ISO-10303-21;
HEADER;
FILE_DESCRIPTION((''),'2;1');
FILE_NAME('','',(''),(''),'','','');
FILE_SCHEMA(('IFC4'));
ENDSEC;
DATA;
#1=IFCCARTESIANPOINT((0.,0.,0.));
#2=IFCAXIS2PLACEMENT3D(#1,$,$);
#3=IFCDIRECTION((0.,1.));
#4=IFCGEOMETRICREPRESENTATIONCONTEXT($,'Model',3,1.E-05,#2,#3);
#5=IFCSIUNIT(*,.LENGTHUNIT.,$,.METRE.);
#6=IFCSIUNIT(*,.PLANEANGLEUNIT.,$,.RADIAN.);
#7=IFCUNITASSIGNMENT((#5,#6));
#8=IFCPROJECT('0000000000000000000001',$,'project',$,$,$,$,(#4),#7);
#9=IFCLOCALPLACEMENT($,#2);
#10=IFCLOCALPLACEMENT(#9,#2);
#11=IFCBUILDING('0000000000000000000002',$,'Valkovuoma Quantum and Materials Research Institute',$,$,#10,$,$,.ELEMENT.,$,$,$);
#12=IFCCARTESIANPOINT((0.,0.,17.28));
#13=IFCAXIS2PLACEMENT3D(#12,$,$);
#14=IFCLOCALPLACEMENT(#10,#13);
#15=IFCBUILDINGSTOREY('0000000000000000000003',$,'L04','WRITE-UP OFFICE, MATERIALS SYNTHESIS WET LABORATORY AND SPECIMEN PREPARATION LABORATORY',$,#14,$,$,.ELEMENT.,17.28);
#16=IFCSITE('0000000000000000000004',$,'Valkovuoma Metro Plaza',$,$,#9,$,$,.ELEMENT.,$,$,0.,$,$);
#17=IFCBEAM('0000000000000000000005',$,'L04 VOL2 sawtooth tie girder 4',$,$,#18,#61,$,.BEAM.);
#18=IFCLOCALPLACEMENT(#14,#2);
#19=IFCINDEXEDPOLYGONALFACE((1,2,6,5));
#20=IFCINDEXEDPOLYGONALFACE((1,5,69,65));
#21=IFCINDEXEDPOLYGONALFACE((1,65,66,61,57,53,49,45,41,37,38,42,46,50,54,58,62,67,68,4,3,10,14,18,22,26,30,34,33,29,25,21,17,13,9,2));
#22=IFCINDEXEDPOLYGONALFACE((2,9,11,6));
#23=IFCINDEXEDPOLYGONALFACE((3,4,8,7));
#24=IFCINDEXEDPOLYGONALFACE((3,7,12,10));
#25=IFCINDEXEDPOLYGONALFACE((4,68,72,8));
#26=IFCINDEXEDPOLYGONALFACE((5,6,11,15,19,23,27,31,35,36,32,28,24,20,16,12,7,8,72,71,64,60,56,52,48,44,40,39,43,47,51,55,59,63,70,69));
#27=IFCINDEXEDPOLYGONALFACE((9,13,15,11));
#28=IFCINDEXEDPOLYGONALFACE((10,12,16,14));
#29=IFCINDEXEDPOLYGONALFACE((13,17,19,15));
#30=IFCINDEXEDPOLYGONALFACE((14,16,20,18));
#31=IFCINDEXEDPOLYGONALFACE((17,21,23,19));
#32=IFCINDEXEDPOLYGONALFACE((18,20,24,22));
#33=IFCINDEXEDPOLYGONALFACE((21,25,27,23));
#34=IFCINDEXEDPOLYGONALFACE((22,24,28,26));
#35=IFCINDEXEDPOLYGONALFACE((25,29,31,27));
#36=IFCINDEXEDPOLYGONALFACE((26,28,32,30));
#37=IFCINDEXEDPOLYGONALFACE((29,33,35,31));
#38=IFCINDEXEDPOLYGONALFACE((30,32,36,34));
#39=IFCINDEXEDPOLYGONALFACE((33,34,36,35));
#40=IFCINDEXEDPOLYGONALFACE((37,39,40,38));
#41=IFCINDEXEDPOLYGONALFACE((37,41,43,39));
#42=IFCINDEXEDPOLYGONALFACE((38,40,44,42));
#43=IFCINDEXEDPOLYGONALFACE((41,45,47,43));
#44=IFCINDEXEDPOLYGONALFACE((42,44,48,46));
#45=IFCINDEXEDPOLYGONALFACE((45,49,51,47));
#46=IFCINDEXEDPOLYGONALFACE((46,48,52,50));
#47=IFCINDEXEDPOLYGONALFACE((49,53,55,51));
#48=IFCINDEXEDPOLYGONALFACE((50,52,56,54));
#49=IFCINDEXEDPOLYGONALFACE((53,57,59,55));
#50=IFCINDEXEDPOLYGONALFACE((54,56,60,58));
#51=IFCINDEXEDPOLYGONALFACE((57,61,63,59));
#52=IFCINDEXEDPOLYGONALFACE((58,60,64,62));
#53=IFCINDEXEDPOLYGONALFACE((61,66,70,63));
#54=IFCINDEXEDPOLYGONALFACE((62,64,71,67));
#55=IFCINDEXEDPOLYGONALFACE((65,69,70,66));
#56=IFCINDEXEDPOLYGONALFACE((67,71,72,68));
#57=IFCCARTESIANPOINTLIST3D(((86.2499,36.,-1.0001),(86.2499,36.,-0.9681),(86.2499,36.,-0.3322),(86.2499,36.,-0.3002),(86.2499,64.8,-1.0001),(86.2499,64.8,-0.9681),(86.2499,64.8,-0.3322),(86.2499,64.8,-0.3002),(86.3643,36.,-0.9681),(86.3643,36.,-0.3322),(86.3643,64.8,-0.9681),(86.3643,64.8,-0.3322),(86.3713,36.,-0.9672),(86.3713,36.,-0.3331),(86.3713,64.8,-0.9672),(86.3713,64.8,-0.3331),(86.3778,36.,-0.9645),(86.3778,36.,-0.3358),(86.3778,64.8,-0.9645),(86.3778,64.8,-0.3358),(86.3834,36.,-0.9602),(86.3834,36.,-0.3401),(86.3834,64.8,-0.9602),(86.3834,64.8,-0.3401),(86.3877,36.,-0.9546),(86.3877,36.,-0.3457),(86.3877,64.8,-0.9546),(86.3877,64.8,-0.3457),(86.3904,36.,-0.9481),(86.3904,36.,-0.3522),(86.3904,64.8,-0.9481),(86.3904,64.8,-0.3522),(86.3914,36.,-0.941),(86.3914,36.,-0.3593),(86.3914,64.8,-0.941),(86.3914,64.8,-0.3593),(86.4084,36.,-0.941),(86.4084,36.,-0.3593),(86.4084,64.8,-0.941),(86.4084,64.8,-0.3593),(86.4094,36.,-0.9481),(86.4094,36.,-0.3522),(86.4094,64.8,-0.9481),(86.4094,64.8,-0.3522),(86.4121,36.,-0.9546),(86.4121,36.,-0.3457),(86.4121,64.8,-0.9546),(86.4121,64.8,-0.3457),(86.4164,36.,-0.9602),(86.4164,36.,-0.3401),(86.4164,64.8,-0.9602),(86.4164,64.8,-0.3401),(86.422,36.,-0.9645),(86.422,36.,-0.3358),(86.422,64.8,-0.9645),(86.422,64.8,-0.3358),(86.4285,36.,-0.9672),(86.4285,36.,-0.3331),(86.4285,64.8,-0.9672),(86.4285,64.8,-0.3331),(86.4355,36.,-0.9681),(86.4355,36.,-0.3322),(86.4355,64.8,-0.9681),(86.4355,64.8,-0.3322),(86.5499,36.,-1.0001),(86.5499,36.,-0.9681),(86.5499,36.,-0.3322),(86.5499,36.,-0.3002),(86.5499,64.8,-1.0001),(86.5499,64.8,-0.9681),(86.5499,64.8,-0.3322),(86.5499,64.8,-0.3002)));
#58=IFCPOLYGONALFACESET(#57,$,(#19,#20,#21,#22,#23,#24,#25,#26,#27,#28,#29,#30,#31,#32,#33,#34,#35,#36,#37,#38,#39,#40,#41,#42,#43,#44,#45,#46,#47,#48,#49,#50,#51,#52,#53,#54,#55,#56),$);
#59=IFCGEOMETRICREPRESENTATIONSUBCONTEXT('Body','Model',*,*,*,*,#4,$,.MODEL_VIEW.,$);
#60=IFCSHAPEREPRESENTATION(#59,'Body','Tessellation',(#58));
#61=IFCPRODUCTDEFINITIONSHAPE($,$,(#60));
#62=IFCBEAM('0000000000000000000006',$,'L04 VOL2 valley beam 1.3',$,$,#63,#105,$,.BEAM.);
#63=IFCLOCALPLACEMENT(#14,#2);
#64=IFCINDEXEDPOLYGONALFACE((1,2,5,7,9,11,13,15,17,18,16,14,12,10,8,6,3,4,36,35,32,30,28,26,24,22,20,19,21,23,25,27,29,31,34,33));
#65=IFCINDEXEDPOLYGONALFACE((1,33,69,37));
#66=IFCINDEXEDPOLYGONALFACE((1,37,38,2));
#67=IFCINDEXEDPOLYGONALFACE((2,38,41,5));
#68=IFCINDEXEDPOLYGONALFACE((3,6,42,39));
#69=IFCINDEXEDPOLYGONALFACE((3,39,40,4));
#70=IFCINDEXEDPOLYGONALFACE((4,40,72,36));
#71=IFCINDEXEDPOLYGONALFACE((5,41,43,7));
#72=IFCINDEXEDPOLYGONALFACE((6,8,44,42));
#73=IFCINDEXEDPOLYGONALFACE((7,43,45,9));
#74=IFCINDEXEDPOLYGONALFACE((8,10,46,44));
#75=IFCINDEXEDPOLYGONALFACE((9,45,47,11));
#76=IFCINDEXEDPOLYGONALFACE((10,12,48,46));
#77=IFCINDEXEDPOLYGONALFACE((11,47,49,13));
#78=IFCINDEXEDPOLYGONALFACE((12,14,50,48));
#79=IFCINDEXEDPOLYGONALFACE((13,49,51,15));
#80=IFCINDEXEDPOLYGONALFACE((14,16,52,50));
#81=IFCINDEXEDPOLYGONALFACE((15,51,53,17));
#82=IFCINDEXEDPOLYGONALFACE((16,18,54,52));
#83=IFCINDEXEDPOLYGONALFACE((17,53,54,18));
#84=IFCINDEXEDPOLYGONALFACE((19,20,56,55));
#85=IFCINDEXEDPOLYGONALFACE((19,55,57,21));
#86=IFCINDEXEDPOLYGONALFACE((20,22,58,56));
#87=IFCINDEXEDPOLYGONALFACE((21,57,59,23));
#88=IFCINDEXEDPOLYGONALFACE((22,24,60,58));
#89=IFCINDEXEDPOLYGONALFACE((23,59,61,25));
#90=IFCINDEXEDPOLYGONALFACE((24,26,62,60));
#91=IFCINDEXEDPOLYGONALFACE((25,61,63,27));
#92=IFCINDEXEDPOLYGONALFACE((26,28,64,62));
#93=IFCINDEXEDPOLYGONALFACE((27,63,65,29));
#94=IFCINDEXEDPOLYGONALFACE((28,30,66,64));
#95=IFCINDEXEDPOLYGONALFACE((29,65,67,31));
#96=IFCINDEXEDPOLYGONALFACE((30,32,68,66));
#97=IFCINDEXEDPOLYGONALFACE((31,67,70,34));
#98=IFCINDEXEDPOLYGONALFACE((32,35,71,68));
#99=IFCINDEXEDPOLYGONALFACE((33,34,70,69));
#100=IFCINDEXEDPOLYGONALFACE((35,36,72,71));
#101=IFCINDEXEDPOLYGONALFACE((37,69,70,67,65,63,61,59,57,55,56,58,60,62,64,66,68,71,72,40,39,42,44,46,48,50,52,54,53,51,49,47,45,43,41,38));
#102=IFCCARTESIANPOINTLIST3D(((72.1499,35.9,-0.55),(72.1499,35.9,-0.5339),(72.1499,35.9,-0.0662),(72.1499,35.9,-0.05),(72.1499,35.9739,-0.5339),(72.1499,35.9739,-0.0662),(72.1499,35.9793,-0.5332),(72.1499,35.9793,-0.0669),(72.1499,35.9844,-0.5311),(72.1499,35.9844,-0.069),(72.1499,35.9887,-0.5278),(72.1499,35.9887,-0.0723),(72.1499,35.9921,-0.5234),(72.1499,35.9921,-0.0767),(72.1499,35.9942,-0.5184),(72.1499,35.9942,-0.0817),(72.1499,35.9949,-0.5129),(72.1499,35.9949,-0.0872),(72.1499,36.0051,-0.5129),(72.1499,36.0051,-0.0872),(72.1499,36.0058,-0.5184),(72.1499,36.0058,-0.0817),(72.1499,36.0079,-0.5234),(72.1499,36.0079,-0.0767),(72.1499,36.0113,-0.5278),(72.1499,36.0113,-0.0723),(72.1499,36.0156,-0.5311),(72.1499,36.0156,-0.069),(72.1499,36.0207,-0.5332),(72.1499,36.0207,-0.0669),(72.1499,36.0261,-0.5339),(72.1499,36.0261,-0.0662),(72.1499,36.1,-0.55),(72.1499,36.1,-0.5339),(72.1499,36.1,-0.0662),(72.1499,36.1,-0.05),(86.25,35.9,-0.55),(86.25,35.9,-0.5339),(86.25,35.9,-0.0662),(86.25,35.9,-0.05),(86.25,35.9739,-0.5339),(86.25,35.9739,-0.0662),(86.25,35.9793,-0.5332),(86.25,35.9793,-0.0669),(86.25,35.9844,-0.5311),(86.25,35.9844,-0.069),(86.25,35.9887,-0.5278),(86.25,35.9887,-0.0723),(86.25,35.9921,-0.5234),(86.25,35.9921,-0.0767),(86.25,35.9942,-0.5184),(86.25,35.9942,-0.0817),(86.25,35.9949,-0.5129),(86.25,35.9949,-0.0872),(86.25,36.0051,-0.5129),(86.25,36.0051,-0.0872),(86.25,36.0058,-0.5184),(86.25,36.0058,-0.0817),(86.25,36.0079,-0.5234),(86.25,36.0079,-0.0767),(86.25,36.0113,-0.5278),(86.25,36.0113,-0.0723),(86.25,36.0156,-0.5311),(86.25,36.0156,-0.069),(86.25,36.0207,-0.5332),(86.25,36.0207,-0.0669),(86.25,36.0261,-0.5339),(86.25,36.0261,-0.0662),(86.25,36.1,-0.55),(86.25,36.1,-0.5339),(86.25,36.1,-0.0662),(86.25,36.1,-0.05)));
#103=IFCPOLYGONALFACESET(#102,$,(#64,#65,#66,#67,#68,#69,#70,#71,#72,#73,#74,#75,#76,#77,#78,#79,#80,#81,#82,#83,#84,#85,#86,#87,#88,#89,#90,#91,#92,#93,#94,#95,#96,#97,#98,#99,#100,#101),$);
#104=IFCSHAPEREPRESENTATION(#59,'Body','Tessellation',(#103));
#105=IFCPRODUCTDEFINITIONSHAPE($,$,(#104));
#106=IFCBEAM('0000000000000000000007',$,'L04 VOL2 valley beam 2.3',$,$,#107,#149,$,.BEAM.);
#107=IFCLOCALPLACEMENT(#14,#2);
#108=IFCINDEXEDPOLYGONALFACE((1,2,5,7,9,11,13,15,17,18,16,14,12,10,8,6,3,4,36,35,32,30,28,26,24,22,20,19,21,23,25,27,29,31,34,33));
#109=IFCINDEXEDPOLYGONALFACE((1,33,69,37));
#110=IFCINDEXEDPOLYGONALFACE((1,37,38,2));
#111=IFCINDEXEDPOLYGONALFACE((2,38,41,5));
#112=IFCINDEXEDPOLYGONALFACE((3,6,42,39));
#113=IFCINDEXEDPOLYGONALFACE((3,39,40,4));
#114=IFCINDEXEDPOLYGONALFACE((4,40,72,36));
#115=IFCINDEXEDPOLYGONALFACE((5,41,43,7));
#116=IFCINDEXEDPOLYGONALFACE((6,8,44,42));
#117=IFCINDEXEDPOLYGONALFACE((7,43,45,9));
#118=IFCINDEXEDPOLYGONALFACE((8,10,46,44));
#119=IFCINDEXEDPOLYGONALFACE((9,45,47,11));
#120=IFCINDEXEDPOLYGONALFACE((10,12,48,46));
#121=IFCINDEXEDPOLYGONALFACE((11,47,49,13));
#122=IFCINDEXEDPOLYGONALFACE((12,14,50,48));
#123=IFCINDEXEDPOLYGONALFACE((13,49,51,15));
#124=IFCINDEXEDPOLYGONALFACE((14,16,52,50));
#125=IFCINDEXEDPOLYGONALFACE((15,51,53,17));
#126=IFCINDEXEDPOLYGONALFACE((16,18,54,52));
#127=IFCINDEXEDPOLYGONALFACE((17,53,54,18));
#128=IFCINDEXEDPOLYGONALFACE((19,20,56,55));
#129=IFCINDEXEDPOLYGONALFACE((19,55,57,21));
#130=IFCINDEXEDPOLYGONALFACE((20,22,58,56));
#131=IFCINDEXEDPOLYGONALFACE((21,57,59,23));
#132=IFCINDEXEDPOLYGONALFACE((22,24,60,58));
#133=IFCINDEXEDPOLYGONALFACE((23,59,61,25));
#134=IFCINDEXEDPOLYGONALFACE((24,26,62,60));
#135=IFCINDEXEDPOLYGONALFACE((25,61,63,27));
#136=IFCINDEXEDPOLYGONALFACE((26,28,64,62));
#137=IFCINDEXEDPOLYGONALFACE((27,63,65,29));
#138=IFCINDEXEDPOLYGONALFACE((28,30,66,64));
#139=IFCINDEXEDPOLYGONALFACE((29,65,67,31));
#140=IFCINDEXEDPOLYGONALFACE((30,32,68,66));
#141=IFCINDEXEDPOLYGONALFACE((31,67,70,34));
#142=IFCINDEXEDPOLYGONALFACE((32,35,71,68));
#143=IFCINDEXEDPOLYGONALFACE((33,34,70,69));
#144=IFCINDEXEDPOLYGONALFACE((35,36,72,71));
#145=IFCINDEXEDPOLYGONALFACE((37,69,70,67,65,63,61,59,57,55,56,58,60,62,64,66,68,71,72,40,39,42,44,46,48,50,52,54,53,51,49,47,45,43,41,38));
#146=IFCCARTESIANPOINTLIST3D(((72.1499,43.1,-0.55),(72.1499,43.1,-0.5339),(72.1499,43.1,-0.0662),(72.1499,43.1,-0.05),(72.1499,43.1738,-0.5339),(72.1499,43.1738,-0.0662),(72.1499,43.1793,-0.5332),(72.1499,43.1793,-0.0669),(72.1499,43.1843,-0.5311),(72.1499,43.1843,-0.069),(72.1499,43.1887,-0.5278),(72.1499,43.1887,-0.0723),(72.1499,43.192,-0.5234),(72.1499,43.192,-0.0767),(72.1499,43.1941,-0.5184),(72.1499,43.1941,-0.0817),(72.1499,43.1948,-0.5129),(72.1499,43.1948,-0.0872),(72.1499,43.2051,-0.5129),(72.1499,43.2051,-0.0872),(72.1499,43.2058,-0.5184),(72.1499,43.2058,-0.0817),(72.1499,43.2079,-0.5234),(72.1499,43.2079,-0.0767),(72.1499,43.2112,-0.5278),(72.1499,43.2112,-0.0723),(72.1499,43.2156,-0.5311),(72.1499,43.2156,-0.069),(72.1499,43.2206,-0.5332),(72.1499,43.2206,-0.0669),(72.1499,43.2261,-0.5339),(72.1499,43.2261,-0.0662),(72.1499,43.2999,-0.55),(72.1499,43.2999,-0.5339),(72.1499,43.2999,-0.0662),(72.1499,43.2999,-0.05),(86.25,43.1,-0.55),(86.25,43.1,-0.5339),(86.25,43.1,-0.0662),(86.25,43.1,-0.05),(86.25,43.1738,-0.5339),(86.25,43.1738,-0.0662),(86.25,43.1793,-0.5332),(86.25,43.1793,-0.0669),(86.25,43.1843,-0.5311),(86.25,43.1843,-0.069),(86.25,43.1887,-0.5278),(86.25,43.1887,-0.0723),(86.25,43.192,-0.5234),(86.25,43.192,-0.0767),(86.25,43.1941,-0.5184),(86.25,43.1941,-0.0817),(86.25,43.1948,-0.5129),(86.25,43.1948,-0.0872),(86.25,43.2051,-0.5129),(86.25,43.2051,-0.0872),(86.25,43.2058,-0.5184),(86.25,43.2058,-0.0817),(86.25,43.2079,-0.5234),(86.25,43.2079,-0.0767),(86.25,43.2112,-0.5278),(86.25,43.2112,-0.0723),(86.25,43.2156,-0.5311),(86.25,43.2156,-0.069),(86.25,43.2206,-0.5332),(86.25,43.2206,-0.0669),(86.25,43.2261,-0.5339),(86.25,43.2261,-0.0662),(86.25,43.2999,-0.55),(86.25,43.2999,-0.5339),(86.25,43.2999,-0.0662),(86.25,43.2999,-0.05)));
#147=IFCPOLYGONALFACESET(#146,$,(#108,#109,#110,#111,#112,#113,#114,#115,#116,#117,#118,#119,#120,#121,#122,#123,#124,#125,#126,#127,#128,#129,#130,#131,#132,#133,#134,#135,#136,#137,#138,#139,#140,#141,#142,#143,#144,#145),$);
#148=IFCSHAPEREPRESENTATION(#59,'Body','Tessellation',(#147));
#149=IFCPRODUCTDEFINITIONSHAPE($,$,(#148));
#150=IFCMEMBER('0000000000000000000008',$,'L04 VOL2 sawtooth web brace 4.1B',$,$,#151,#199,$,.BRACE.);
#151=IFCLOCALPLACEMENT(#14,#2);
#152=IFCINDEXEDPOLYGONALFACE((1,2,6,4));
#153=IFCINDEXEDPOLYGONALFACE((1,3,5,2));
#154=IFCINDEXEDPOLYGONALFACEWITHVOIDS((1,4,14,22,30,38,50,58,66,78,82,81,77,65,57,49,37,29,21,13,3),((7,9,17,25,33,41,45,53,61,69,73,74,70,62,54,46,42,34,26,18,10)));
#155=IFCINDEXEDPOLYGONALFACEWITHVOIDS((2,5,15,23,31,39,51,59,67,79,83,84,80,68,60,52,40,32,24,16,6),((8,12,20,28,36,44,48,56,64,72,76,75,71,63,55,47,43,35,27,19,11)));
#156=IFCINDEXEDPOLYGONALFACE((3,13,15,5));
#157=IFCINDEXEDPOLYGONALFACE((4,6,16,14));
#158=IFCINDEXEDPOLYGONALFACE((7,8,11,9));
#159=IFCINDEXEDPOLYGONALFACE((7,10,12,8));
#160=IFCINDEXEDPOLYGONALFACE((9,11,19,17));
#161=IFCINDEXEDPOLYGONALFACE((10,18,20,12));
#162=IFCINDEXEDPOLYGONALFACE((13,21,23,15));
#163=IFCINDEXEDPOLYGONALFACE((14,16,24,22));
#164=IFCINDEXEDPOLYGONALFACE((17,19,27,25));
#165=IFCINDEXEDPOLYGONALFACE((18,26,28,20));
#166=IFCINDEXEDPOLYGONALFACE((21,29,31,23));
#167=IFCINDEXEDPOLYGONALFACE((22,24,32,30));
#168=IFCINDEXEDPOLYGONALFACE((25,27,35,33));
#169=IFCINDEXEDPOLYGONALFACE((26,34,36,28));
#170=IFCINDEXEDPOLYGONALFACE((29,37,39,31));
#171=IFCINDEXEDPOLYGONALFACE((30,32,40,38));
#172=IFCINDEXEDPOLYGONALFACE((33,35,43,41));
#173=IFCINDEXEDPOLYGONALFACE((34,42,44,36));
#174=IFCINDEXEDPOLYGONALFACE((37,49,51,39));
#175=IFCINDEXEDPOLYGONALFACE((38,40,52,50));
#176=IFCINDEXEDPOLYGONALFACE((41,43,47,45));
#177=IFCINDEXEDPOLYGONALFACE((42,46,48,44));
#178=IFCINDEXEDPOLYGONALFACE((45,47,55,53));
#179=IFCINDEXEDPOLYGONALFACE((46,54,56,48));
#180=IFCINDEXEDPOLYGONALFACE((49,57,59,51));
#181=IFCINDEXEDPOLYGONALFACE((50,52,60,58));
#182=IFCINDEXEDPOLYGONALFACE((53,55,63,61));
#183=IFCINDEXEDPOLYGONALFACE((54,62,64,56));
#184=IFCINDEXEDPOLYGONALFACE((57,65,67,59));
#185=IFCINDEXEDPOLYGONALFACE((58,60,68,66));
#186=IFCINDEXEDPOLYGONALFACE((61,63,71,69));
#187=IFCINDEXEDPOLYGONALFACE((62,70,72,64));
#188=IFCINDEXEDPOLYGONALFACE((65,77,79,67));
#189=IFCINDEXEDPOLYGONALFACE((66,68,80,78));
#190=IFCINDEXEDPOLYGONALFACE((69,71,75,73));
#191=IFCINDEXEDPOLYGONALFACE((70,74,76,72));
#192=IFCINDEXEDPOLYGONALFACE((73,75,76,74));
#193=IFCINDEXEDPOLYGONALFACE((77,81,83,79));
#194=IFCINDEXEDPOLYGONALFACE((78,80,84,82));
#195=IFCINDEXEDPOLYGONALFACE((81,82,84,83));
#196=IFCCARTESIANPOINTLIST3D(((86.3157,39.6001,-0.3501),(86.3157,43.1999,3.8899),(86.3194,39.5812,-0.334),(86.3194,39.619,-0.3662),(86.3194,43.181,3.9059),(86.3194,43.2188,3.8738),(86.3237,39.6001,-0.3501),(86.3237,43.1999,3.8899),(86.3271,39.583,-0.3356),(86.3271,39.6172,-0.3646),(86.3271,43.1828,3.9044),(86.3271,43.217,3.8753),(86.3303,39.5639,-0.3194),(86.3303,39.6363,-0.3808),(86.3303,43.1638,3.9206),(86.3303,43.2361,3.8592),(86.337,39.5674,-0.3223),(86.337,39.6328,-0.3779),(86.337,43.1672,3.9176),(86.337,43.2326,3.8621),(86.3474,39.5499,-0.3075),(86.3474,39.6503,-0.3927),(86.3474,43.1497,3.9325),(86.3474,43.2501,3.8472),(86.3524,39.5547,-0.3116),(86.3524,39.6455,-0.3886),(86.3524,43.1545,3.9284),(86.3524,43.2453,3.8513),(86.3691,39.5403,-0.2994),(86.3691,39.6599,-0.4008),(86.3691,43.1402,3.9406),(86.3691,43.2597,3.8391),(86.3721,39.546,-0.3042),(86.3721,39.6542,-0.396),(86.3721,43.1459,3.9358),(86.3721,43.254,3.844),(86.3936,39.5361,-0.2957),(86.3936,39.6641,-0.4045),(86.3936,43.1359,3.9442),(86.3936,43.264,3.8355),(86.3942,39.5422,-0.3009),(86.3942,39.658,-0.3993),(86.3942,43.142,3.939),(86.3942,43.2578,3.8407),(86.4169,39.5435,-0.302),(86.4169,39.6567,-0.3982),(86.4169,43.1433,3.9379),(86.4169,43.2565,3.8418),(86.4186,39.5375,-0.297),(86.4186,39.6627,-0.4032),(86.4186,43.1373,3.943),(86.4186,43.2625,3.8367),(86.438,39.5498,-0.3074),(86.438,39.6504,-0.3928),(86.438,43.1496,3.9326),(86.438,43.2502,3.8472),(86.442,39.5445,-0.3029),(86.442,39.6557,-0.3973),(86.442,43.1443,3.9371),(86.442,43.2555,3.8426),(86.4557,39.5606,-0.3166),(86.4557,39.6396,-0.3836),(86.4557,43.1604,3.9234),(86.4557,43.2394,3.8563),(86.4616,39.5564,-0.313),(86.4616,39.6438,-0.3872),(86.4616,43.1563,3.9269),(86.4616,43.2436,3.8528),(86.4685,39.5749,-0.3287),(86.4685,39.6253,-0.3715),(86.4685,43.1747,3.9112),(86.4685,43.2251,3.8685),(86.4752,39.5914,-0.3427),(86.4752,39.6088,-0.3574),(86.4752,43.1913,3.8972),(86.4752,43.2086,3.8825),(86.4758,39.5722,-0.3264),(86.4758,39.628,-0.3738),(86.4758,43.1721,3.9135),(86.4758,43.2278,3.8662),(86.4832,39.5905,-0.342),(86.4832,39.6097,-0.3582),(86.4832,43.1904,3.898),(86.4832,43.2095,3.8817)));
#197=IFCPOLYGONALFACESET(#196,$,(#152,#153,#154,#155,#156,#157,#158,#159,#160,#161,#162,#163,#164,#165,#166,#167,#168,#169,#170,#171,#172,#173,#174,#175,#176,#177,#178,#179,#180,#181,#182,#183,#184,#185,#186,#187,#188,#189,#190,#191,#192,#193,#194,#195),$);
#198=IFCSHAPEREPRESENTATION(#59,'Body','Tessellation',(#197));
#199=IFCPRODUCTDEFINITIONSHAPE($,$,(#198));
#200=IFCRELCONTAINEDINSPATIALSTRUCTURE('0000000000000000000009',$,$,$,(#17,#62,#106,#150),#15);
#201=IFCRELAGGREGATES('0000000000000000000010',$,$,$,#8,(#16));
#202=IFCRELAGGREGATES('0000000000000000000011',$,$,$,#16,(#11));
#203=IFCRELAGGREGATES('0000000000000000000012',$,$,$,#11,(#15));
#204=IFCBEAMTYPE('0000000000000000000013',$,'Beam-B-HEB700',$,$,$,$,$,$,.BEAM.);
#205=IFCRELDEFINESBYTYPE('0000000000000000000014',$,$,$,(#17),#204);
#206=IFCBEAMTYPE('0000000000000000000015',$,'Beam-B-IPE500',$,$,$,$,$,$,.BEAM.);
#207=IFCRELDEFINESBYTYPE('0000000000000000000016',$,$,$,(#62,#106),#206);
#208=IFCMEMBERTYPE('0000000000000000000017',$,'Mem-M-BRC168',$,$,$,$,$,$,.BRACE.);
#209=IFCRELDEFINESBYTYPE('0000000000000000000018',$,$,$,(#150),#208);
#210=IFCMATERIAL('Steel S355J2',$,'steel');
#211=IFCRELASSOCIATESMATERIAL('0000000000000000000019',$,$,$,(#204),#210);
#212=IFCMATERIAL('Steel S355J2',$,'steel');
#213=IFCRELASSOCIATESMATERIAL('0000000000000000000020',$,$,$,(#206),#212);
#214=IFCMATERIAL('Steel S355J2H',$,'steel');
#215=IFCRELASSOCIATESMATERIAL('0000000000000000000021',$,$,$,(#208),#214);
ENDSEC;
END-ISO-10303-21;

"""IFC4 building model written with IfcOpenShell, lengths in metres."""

from ifc_helpers import new_model, si_unit, direction, frame, origin, origin_2d, place, context, subcontext, project, spatial, hollow_circle, i_section, extrude, material, material_profile, profile_set, type_object, element, save


model = new_model("IFC4")

# Units and contexts
model_context = context("Model", 3, precision=1e-05, world=origin(), true_north=direction((0.0, 1.0)))
body_context = subcontext(model_context, "Body", "Model", "MODEL_VIEW")
ifc_project = project(units=[si_unit("LENGTHUNIT", "METRE"), si_unit("PLANEANGLEUNIT", "RADIAN")], contexts=[model_context])

# Site, building, storey
site_placement = place(None, origin())
site = spatial("IfcSite", under=ifc_project, at=site_placement, Name="Valkovuoma Metro Plaza", CompositionType="ELEMENT", RefElevation=0.0)
building_placement = place(site_placement, origin())
building = spatial("IfcBuilding", under=site, at=building_placement, Name="Valkovuoma Quantum and Materials Research Institute", CompositionType="ELEMENT")
storey_placement = place(building_placement, frame((0.0, 0.0, 17.28)))
storey = spatial("IfcBuildingStorey", under=building, at=storey_placement, Name="L04", Description="WRITE-UP OFFICE, MATERIALS SYNTHESIS WET LABORATORY AND SPECIMEN PREPARATION LABORATORY", CompositionType="ELEMENT", Elevation=17.28)

# Beams
ifc_material_1 = material(Name="Steel S355J2", Category="steel")
ifc_material_profile_1 = material_profile(ifc_material_1, i_section(OverallWidth=0.3, OverallDepth=0.7, WebThickness=0.0171, FlangeThickness=0.032, FilletRadius=0.0271, at=origin_2d()), Name="Steel S355J2")
ifc_profile_set_1 = profile_set([ifc_material_profile_1], Name="Steel S355J2")
beam_type_1 = type_object("IfcBeamType", Name="Beam-B-HEB700", PredefinedType="BEAM", material=ifc_profile_set_1)
beam_placement = place(storey_placement, frame((86.3999, 36.0, -0.6501), z_axis=(0.0, 1.0, 0.0), x_axis=(-1.0, 0.0, 0.0)))
element("IfcBeam", 1, at=beam_placement, inside=storey, type_object=beam_type_1, Name="L04 VOL2 sawtooth tie girder 4", PredefinedType="BEAM", context=body_context, shape_type="SweptSolid", body=[
    extrude(i_section(OverallWidth=0.3, OverallDepth=0.7, WebThickness=0.0171, FlangeThickness=0.032, FilletRadius=0.0271, at=origin_2d()), origin(), (0.0, 0.0, 1.0), 28.8),
])
ifc_material_2 = material(Name="Steel S355J2", Category="steel")
ifc_material_profile_2 = material_profile(ifc_material_2, i_section(OverallWidth=0.2, OverallDepth=0.5, WebThickness=0.0103, FlangeThickness=0.0161, FilletRadius=0.021, at=origin_2d()), Name="Steel S355J2")
ifc_profile_set_2 = profile_set([ifc_material_profile_2], Name="Steel S355J2")
beam_type_2 = type_object("IfcBeamType", Name="Beam-B-IPE500", PredefinedType="BEAM", material=ifc_profile_set_2)
for number, where, z_axis, x_axis, name in (
    (2, (72.1499, 36.0, -0.3), (1.0, 0.0, 0.0), (0.0, 1.0, 0.0), "L04 VOL2 valley beam 1.3"),
    (3, (72.1499, 43.2, -0.3), (1.0, 0.0, 0.0), (0.0, 1.0, 0.0), "L04 VOL2 valley beam 2.3"),
):
    element("IfcBeam", number, at=place(storey_placement, frame(where, z_axis=z_axis, x_axis=x_axis)), inside=storey, type_object=beam_type_2, Name=name, PredefinedType="BEAM", context=body_context, shape_type="SweptSolid", body=[
        extrude(i_section(OverallWidth=0.2, OverallDepth=0.5, WebThickness=0.0103, FlangeThickness=0.0161, FilletRadius=0.021, at=origin_2d()), origin(), (0.0, 0.0, 1.0), 14.1001),
    ])

# Member
ifc_material_3 = material(Name="Steel S355J2H", Category="steel")
ifc_material_profile_3 = material_profile(ifc_material_3, hollow_circle(Radius=0.0842, WallThickness=0.0081, at=origin_2d()), Name="Steel S355J2H")
ifc_profile_set_3 = profile_set([ifc_material_profile_3], Name="Steel S355J2H")
member_type_1 = type_object("IfcMemberType", Name="Mem-M-BRC168", PredefinedType="BRACE", material=ifc_profile_set_3)
member_1_placement = place(storey_placement, frame((86.3999, 39.6001, -0.3501), z_axis=(0.0, 0.647216, 0.762306), x_axis=(-1.0, 0.0, 0.0)))
element("IfcMember", 4, at=member_1_placement, inside=storey, type_object=member_type_1, Name="L04 VOL2 sawtooth web brace 4.1B", PredefinedType="BRACE", context=body_context, shape_type="SweptSolid", body=[
    extrude(hollow_circle(Radius=0.0842, WallThickness=0.0081, at=origin_2d()), origin(), (0.0, 0.0, 1.0), 5.562),
])

save(model, "model.ifc")
